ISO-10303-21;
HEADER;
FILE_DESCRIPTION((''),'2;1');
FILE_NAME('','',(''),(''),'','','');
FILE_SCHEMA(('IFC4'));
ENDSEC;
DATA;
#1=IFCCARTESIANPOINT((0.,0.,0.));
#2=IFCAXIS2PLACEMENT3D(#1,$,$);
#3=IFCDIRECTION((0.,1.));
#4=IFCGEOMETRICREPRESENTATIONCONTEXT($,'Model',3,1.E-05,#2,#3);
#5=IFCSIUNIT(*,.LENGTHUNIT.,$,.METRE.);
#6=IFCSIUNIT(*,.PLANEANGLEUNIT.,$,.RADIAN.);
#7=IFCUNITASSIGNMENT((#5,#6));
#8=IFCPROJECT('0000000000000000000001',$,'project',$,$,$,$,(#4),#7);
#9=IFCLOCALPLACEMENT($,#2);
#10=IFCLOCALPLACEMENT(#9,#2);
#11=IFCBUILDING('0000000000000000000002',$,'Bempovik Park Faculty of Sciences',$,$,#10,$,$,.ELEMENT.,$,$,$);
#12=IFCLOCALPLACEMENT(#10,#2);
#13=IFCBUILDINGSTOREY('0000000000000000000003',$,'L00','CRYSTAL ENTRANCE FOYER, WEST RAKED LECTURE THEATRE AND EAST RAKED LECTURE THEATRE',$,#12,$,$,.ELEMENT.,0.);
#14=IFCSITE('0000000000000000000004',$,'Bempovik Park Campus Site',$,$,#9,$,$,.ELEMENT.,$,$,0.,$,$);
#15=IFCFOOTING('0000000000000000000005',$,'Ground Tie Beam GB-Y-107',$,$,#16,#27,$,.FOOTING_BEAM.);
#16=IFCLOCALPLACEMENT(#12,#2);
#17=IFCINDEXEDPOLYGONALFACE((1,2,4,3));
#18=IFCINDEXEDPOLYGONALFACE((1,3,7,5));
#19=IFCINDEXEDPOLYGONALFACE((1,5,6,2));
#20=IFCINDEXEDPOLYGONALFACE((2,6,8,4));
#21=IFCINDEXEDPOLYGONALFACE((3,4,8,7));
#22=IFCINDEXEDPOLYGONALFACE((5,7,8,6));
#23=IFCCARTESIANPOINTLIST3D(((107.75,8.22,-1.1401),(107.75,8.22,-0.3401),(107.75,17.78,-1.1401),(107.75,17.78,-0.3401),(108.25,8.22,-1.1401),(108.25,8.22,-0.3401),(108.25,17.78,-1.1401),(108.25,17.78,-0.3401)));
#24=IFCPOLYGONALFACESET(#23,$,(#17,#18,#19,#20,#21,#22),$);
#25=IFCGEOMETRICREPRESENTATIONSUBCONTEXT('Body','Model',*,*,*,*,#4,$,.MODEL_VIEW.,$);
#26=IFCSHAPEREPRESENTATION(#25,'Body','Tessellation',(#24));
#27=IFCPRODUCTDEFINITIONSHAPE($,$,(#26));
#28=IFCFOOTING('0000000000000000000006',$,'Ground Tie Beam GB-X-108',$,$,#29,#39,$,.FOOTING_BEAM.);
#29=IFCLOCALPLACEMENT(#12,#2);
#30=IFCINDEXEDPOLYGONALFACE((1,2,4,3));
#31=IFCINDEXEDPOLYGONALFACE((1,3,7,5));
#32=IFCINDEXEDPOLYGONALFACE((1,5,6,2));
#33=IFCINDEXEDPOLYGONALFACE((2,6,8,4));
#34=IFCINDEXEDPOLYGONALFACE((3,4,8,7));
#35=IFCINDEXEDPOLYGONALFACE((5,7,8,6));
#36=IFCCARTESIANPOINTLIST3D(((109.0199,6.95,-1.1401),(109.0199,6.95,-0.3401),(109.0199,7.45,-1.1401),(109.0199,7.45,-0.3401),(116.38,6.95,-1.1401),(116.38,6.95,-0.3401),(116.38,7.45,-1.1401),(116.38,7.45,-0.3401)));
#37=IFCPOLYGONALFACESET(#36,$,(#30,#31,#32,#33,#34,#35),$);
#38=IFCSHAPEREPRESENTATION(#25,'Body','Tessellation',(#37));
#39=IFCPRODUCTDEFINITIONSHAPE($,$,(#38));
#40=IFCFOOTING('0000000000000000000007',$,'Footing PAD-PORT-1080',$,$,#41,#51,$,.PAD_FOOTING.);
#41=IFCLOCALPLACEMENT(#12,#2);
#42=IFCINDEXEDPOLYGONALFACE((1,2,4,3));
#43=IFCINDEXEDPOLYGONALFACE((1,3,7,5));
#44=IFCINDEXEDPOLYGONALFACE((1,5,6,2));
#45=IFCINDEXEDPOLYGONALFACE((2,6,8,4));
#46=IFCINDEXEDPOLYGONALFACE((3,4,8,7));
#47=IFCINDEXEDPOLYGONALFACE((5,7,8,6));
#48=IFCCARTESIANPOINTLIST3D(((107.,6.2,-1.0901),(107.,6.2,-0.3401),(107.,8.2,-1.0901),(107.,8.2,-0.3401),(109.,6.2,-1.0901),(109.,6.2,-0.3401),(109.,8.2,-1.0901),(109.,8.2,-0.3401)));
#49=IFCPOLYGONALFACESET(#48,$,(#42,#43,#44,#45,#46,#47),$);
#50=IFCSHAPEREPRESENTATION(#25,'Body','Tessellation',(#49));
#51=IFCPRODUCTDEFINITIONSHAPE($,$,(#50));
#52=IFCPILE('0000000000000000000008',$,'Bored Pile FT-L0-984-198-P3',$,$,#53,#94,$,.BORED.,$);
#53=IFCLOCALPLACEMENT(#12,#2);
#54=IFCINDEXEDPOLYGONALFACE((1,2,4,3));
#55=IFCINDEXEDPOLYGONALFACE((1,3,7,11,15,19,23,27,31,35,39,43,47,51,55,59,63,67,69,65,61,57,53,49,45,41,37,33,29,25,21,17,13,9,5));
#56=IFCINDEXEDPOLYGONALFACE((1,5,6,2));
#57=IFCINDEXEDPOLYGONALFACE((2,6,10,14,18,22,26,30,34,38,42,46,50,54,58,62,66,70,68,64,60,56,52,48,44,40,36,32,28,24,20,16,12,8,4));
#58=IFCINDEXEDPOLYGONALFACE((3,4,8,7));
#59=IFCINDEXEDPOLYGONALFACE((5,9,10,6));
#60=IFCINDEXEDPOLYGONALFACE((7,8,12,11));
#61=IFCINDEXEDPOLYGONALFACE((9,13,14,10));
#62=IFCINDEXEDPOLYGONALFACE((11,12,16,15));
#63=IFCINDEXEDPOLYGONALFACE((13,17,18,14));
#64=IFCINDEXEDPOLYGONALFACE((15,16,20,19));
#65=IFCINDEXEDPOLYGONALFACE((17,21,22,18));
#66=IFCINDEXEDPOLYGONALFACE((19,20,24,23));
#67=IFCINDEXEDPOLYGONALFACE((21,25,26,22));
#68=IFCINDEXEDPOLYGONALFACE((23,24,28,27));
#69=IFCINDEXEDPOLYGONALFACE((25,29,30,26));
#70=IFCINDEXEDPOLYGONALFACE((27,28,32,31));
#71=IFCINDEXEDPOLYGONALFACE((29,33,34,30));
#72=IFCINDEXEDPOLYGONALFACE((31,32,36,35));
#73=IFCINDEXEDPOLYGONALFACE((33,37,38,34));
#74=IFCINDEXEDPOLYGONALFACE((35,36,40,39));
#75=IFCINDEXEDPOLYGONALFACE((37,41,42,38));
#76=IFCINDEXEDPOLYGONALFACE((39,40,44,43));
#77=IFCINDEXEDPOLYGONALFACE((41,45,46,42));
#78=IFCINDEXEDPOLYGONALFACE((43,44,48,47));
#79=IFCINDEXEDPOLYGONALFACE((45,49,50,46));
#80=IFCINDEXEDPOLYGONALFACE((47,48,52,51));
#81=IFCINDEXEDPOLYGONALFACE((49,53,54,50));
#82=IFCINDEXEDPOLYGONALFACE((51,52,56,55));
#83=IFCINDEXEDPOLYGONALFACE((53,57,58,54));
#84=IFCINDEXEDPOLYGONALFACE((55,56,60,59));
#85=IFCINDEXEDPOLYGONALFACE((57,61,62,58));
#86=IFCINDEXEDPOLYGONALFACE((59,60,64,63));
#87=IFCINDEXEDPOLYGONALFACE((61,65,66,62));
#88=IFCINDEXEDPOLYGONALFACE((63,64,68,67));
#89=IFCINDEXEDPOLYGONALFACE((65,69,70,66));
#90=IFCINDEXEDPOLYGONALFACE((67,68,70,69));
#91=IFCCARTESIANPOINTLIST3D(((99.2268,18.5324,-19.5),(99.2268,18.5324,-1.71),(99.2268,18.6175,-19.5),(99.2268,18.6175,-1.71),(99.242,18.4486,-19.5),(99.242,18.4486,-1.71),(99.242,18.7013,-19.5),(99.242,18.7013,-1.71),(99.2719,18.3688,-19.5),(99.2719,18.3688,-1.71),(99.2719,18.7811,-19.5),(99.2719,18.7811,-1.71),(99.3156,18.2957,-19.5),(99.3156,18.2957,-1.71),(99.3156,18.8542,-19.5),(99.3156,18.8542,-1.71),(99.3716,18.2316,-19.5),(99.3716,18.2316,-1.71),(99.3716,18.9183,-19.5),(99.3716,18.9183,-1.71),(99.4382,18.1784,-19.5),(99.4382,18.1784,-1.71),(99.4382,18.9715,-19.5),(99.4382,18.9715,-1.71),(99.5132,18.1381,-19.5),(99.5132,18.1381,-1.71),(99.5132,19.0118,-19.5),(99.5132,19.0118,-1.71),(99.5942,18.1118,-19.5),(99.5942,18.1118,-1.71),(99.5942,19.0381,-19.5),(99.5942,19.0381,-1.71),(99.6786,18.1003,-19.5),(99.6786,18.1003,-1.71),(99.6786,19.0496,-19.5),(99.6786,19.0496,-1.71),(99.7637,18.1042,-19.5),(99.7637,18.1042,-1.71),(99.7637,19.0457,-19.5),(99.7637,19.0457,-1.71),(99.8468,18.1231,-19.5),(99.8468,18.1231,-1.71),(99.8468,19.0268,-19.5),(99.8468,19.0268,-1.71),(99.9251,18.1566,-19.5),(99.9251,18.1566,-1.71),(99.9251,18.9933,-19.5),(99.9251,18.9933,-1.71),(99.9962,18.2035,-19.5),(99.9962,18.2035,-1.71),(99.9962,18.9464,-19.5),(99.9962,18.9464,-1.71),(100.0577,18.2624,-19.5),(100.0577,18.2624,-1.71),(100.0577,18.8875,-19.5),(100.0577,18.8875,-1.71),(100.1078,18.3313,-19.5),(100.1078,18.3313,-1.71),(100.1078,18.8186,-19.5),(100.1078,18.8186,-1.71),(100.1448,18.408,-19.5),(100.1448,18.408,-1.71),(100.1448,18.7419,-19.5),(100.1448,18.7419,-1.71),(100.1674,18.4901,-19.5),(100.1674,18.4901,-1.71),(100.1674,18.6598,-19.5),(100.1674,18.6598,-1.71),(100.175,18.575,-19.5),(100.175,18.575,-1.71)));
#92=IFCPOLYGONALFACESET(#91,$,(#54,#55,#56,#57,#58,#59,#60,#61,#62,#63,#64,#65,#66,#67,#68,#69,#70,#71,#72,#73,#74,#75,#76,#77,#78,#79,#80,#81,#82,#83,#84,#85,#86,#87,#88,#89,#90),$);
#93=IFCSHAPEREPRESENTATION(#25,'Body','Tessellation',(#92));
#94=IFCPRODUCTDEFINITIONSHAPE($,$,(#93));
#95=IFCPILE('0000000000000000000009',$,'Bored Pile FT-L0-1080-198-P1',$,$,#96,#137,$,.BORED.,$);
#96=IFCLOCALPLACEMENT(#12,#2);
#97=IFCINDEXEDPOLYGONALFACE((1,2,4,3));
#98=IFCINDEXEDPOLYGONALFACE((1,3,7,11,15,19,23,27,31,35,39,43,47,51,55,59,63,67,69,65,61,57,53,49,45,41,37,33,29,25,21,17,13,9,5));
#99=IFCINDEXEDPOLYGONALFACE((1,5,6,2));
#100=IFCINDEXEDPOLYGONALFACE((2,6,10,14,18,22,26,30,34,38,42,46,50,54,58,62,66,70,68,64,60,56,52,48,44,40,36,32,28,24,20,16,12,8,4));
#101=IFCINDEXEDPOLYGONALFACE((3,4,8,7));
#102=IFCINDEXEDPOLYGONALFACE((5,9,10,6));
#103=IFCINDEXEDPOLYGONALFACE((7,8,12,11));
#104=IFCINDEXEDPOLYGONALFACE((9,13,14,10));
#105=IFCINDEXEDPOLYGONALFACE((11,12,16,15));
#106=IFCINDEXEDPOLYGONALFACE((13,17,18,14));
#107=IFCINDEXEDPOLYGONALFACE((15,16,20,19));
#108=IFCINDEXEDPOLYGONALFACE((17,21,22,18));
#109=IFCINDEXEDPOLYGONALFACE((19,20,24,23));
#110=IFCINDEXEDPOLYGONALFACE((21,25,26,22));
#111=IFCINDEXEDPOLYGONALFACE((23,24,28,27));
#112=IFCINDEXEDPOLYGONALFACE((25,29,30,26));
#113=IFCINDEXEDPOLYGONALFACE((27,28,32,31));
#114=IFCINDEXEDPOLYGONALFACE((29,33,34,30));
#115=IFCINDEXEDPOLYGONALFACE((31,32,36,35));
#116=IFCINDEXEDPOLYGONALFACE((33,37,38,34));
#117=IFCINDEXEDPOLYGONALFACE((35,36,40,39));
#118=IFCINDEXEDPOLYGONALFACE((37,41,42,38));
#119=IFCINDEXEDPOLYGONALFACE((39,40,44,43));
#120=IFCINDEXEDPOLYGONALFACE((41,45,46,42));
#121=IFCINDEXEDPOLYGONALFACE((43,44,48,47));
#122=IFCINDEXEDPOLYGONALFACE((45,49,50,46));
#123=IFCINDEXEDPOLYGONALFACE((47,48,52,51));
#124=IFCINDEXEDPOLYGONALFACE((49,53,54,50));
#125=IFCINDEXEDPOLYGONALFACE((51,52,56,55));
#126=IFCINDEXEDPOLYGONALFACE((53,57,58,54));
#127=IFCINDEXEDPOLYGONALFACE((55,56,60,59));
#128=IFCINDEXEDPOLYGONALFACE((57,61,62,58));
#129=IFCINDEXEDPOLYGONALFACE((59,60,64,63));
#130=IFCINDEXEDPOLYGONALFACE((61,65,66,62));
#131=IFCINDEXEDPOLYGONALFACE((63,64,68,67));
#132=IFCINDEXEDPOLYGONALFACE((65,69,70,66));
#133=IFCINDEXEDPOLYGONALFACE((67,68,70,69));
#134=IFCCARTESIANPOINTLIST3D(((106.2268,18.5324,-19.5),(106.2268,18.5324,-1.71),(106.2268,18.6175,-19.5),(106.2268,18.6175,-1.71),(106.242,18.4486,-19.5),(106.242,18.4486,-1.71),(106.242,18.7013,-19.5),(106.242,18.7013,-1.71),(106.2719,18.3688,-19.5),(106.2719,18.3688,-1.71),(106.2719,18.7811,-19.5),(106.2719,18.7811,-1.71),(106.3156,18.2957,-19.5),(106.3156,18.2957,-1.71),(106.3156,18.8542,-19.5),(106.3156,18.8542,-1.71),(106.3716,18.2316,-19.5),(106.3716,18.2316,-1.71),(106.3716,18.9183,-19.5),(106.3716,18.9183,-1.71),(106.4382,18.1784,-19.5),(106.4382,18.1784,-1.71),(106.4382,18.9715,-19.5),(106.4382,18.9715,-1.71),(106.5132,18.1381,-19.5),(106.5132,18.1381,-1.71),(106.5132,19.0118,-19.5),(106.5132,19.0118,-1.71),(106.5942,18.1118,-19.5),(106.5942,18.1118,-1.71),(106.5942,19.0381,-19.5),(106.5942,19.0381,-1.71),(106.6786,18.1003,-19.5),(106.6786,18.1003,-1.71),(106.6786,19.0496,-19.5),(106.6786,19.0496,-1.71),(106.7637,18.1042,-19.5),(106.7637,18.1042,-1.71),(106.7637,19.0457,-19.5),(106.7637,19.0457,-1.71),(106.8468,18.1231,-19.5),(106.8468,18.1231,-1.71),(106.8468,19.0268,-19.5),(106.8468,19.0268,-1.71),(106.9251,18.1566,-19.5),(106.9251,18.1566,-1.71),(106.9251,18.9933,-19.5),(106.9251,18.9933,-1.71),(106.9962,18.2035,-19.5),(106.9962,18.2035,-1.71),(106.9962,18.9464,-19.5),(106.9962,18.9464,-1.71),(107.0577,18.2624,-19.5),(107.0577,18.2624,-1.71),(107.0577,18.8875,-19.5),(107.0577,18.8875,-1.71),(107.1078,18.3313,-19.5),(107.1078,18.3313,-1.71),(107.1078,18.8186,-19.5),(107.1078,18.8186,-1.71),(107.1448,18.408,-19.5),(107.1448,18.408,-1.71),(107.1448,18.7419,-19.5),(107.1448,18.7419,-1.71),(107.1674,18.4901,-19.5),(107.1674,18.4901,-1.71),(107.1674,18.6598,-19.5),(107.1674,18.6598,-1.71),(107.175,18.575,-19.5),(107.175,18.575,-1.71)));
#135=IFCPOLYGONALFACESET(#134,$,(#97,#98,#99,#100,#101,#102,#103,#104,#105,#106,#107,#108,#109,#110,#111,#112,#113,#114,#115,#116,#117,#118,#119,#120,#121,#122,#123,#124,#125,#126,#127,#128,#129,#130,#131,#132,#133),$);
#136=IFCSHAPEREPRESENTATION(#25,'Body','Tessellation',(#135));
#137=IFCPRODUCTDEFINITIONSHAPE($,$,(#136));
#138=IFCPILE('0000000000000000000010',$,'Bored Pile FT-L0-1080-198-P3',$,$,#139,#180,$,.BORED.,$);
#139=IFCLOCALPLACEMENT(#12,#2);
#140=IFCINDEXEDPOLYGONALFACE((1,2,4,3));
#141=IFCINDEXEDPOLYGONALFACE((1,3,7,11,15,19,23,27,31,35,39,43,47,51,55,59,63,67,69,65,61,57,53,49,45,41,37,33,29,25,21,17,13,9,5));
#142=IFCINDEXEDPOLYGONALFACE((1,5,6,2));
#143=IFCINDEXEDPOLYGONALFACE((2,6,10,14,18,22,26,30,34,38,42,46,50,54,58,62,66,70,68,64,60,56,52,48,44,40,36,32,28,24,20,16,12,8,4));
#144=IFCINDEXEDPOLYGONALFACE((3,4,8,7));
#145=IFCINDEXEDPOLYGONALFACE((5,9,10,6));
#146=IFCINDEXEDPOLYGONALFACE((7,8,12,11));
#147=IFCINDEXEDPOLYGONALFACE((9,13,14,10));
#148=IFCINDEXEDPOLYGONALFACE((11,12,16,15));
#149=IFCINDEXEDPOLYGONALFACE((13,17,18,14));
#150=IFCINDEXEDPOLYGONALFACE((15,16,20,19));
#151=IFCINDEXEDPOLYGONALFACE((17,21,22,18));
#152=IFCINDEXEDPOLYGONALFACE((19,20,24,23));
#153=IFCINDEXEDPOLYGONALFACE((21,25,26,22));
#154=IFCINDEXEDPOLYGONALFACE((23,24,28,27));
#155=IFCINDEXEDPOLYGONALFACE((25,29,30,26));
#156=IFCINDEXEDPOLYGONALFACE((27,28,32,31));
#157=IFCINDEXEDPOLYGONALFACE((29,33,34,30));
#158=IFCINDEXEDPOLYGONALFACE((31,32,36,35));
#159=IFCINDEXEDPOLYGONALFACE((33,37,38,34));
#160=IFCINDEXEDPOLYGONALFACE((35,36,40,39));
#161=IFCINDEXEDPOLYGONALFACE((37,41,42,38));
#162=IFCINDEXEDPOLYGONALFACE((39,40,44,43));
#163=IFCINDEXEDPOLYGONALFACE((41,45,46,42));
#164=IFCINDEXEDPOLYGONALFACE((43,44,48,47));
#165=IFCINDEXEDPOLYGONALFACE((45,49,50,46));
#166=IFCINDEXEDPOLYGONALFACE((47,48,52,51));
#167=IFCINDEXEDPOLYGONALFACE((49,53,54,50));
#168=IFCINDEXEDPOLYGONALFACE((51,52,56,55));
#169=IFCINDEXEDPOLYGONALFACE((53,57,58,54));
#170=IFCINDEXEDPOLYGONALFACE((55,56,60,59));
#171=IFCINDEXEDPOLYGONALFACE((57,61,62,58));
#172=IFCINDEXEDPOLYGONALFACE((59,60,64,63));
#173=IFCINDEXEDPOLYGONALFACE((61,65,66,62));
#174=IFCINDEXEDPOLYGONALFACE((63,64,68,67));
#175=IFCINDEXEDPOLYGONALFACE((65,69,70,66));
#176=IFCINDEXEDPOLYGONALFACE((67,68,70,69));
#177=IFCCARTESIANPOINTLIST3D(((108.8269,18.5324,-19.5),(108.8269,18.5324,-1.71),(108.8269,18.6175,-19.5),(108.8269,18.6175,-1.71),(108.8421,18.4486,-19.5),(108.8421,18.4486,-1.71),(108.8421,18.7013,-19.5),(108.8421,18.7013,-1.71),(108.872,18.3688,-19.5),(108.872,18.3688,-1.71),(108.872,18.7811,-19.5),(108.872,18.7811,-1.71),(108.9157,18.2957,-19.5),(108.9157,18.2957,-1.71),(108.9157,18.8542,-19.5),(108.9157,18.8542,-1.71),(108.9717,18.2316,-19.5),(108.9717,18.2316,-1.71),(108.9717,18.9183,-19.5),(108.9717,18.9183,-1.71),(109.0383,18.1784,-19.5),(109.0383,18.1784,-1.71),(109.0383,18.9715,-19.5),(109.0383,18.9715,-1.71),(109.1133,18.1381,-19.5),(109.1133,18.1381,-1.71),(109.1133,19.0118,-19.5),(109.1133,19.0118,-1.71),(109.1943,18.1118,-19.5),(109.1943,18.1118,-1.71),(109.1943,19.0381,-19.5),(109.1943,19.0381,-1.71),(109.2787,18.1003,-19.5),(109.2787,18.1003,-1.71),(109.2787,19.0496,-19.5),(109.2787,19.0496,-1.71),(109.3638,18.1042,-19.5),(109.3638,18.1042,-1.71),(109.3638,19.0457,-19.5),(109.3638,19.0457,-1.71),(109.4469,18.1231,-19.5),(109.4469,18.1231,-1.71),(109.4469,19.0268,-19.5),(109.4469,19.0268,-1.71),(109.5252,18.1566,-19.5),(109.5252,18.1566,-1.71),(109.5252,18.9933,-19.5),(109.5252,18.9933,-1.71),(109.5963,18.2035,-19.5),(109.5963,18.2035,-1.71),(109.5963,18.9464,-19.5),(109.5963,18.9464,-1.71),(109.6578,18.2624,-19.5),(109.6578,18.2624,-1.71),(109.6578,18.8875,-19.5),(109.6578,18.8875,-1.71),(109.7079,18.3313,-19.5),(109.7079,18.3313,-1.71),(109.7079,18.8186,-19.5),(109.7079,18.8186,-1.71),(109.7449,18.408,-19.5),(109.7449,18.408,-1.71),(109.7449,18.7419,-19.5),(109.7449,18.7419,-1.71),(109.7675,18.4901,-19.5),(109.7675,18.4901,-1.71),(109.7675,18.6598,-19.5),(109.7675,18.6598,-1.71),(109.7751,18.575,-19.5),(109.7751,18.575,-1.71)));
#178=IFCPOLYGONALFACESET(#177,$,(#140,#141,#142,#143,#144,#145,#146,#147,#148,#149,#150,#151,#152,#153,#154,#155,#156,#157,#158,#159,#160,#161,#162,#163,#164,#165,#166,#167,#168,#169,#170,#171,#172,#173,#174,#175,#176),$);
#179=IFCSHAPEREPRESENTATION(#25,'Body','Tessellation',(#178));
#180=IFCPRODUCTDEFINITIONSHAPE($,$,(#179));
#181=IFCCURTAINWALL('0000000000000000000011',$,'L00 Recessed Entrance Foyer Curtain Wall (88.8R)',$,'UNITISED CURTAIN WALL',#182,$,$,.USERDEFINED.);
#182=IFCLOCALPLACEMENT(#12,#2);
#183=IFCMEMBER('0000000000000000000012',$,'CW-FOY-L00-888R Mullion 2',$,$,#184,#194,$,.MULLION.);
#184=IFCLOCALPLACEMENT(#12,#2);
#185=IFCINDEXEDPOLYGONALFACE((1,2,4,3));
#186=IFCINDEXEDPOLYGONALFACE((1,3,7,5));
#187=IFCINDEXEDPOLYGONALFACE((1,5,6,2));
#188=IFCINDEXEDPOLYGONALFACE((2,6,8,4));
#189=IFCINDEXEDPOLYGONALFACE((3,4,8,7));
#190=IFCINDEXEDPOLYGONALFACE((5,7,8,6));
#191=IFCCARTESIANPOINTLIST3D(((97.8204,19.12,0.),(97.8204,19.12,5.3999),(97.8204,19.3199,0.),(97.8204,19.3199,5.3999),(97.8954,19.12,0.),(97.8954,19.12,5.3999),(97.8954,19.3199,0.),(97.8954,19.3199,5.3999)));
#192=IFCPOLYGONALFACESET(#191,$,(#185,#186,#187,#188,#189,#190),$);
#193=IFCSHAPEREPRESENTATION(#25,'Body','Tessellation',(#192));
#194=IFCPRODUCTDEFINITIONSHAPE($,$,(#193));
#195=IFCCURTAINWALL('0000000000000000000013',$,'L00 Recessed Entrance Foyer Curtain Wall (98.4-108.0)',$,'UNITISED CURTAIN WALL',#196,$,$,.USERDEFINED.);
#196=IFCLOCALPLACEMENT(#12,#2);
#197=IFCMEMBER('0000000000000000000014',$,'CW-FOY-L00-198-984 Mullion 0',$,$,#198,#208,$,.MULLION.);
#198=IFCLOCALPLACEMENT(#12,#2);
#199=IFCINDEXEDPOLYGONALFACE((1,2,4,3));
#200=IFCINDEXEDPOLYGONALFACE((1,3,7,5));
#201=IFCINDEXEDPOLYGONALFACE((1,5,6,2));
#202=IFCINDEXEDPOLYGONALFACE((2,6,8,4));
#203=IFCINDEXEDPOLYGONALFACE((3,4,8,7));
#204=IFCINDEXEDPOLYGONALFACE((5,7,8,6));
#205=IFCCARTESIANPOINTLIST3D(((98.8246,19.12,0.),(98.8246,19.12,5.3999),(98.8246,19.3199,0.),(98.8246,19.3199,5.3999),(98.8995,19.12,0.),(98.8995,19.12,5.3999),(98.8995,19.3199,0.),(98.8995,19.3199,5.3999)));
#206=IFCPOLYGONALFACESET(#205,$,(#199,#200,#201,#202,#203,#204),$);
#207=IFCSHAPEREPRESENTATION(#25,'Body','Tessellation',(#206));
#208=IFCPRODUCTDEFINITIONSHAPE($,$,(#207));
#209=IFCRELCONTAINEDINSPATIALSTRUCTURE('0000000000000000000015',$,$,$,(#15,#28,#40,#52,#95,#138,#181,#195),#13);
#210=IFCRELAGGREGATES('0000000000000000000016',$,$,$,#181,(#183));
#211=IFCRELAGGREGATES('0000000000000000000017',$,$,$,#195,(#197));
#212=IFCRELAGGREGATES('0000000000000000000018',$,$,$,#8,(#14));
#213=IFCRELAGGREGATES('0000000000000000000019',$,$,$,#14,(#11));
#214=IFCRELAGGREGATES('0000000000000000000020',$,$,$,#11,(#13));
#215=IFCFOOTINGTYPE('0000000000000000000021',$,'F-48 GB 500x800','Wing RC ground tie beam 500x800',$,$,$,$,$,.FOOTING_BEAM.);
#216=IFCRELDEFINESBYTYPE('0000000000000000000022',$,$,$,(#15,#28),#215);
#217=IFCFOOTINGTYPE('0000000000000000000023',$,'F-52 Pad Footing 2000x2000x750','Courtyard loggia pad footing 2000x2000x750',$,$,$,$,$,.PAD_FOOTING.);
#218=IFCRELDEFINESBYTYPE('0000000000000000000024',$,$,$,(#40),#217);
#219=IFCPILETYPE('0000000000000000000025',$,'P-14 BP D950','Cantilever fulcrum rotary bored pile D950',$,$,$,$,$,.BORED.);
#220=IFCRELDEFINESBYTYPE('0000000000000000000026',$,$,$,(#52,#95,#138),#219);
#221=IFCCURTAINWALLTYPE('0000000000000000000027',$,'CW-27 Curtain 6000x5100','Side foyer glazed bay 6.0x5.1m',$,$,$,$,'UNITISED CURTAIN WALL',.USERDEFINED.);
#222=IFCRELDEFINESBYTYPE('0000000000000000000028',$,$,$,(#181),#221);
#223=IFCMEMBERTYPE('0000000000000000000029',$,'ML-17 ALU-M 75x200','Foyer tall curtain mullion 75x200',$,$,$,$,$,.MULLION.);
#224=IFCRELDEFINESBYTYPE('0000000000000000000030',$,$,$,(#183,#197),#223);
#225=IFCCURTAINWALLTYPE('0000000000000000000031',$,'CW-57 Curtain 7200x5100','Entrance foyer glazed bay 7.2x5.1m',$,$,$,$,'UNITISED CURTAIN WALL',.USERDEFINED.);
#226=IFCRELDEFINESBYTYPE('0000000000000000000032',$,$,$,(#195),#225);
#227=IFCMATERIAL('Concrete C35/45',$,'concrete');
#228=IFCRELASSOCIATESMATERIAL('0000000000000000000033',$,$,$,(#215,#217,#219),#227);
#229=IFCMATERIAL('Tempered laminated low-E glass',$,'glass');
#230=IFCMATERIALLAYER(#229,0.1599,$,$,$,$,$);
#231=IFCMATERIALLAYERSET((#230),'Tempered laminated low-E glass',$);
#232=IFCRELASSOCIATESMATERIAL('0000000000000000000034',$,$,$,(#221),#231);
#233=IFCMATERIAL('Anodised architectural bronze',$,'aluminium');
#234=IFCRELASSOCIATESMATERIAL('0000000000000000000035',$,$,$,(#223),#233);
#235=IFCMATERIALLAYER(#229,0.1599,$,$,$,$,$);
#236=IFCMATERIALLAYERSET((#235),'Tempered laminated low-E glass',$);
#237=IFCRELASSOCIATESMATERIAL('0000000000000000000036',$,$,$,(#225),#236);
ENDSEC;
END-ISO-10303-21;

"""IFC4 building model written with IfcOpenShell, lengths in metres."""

from ifc_helpers import new_model, si_unit, direction, frame, origin, origin_2d, place, context, subcontext, project, spatial, rectangle, circle, extrude, material, layer, layer_set, material_profile, profile_set, type_object, element, aggregate, save


model = new_model("IFC4")

# Units and contexts
model_context = context("Model", 3, precision=1e-05, world=origin(), true_north=direction((0.0, 1.0)))
body_context = subcontext(model_context, "Body", "Model", "MODEL_VIEW")
ifc_project = project(units=[si_unit("LENGTHUNIT", "METRE"), si_unit("PLANEANGLEUNIT", "RADIAN")], contexts=[model_context])

# Site, building, storey
site_placement = place(None, origin())
site = spatial("IfcSite", under=ifc_project, at=site_placement, Name="Bempovik Park Campus Site", CompositionType="ELEMENT", RefElevation=0.0)
building_placement = place(site_placement, origin())
building = spatial("IfcBuilding", under=site, at=building_placement, Name="Bempovik Park Faculty of Sciences", CompositionType="ELEMENT")
storey_placement = place(building_placement, origin())
storey = spatial("IfcBuildingStorey", under=building, at=storey_placement, Name="L00", Description="CRYSTAL ENTRANCE FOYER, WEST RAKED LECTURE THEATRE AND EAST RAKED LECTURE THEATRE", CompositionType="ELEMENT", Elevation=0.0)

# Footings
ifc_material_1 = material(Name="Concrete C35/45", Category="concrete")
footing_type_1 = type_object("IfcFootingType", Name="F-48 GB 500x800", Description="Wing RC ground tie beam 500x800", PredefinedType="FOOTING_BEAM", material=ifc_material_1)
footing_1_placement = place(storey_placement, frame((108.0, 13.0, -1.1401), z_axis=(0.0, 0.0, 1.0), x_axis=(1.0, 0.0, 0.0)))
element("IfcFooting", 1, at=footing_1_placement, inside=storey, type_object=footing_type_1, Name="Ground Tie Beam GB-Y-107", PredefinedType="FOOTING_BEAM", context=body_context, shape_type="SweptSolid", body=[
    extrude(rectangle(XDim=0.5, YDim=9.5601, at=origin_2d()), origin(), (0.0, 0.0, 1.0), 0.8),
])
footing_2_placement = place(storey_placement, frame((112.7, 7.2, -1.1401), z_axis=(0.0, 0.0, 1.0), x_axis=(1.0, 0.0, 0.0)))
element("IfcFooting", 2, at=footing_2_placement, inside=storey, type_object=footing_type_1, Name="Ground Tie Beam GB-X-108", PredefinedType="FOOTING_BEAM", context=body_context, shape_type="SweptSolid", body=[
    extrude(rectangle(XDim=7.3601, YDim=0.5, at=origin_2d()), origin(), (0.0, 0.0, 1.0), 0.8),
])
footing_type_2 = type_object("IfcFootingType", Name="F-52 Pad Footing 2000x2000x750", Description="Courtyard loggia pad footing 2000x2000x750", PredefinedType="PAD_FOOTING", material=ifc_material_1)
footing_3_placement = place(storey_placement, frame((108.0, 7.2, -1.0901), z_axis=(0.0, 0.0, 1.0), x_axis=(1.0, 0.0, 0.0)))
element("IfcFooting", 3, at=footing_3_placement, inside=storey, type_object=footing_type_2, Name="Footing PAD-PORT-1080", PredefinedType="PAD_FOOTING", context=body_context, shape_type="SweptSolid", body=[
    extrude(rectangle(XDim=2.0, YDim=2.0, at=origin_2d()), origin(), (0.0, 0.0, 1.0), 0.75),
])

# Piles
ifc_material_profile_1 = material_profile(ifc_material_1, circle(Radius=0.4751, at=origin_2d()), Name="BP D950")
ifc_profile_set_1 = profile_set([ifc_material_profile_1], Name="Concrete C35/45")
pile_type = type_object("IfcPileType", Name="P-14 BP D950", Description="Cantilever fulcrum rotary bored pile D950", PredefinedType="BORED", material=ifc_profile_set_1)
for number, where, z_axis, x_axis, name in (
    (4, (99.7, 18.575, -1.71), (0.0, 0.0, -1.0), (1.0, 0.0, 0.0), "Bored Pile FT-L0-984-198-P3"),
    (5, (106.7, 18.575, -1.71), (0.0, 0.0, -1.0), (1.0, 0.0, 0.0), "Bored Pile FT-L0-1080-198-P1"),
    (6, (109.3, 18.575, -1.71), (0.0, 0.0, -1.0), (1.0, 0.0, 0.0), "Bored Pile FT-L0-1080-198-P3"),
):
    element("IfcPile", number, at=place(storey_placement, frame(where, z_axis=z_axis, x_axis=x_axis)), inside=storey, type_object=pile_type, Name=name, PredefinedType="BORED", context=body_context, shape_type="SweptSolid", body=[
        extrude(circle(Radius=0.4751, at=origin_2d()), origin(), (0.0, 0.0, 1.0), 17.79),
    ])

# Curtain wall, member
ifc_material_2 = material(Name="Tempered laminated low-E glass", Category="glass")
ifc_layer_1 = layer(ifc_material_2, 0.1599)
ifc_layer_set_1 = layer_set([ifc_layer_1], Name="Tempered laminated low-E glass")
curtain_wall_type_1 = type_object("IfcCurtainWallType", Name="CW-27 Curtain 6000x5100", Description="Side foyer glazed bay 6.0x5.1m", ElementType="UNITISED CURTAIN WALL", PredefinedType="USERDEFINED", material=ifc_layer_set_1)
curtain_wall_1_placement = place(storey_placement, origin())
curtain_wall_1 = element("IfcCurtainWall", 7, at=curtain_wall_1_placement, inside=storey, type_object=curtain_wall_type_1, Name="L00 Recessed Entrance Foyer Curtain Wall (88.8R)", ObjectType="UNITISED CURTAIN WALL", PredefinedType="USERDEFINED")
ifc_material_3 = material(Name="Anodised architectural bronze", Category="aluminium")
ifc_material_profile_2 = material_profile(ifc_material_3, rectangle(XDim=0.075, YDim=0.2, at=origin_2d()), Name="ALU-M 75x200")
ifc_profile_set_2 = profile_set([ifc_material_profile_2], Name="Anodised architectural bronze")
member_type_1 = type_object("IfcMemberType", Name="ML-17 ALU-M 75x200", Description="Foyer tall curtain mullion 75x200", PredefinedType="MULLION", material=ifc_profile_set_2)
member_1_placement = place(storey_placement, frame((97.8579, 19.22, 0.0), z_axis=(0.0, 0.0, 1.0), x_axis=(1.0, 0.0, 0.0)))
member_1 = element("IfcMember", 8, at=member_1_placement, type_object=member_type_1, Name="CW-FOY-L00-888R Mullion 2", PredefinedType="MULLION", context=body_context, shape_type="SweptSolid", body=[
    extrude(rectangle(XDim=0.075, YDim=0.2, at=origin_2d()), origin(), (0.0, 0.0, 1.0), 5.3999),
])

# Curtain wall, member
ifc_layer_2 = layer(ifc_material_2, 0.1599)
ifc_layer_set_2 = layer_set([ifc_layer_2], Name="Tempered laminated low-E glass")
curtain_wall_type_2 = type_object("IfcCurtainWallType", Name="CW-57 Curtain 7200x5100", Description="Entrance foyer glazed bay 7.2x5.1m", ElementType="UNITISED CURTAIN WALL", PredefinedType="USERDEFINED", material=ifc_layer_set_2)
curtain_wall_2_placement = place(storey_placement, origin())
curtain_wall_2 = element("IfcCurtainWall", 9, at=curtain_wall_2_placement, inside=storey, type_object=curtain_wall_type_2, Name="L00 Recessed Entrance Foyer Curtain Wall (98.4-108.0)", ObjectType="UNITISED CURTAIN WALL", PredefinedType="USERDEFINED")
member_2_placement = place(storey_placement, frame((98.8621, 19.22, 0.0), z_axis=(0.0, 0.0, 1.0), x_axis=(1.0, 0.0, 0.0)))
member_2 = element("IfcMember", 10, at=member_2_placement, type_object=member_type_1, Name="CW-FOY-L00-198-984 Mullion 0", PredefinedType="MULLION", context=body_context, shape_type="SweptSolid", body=[
    extrude(rectangle(XDim=0.075, YDim=0.2, at=origin_2d()), origin(), (0.0, 0.0, 1.0), 5.3999),
])

aggregate(curtain_wall_1, [member_1])
aggregate(curtain_wall_2, [member_2])

save(model, "model.ifc")
